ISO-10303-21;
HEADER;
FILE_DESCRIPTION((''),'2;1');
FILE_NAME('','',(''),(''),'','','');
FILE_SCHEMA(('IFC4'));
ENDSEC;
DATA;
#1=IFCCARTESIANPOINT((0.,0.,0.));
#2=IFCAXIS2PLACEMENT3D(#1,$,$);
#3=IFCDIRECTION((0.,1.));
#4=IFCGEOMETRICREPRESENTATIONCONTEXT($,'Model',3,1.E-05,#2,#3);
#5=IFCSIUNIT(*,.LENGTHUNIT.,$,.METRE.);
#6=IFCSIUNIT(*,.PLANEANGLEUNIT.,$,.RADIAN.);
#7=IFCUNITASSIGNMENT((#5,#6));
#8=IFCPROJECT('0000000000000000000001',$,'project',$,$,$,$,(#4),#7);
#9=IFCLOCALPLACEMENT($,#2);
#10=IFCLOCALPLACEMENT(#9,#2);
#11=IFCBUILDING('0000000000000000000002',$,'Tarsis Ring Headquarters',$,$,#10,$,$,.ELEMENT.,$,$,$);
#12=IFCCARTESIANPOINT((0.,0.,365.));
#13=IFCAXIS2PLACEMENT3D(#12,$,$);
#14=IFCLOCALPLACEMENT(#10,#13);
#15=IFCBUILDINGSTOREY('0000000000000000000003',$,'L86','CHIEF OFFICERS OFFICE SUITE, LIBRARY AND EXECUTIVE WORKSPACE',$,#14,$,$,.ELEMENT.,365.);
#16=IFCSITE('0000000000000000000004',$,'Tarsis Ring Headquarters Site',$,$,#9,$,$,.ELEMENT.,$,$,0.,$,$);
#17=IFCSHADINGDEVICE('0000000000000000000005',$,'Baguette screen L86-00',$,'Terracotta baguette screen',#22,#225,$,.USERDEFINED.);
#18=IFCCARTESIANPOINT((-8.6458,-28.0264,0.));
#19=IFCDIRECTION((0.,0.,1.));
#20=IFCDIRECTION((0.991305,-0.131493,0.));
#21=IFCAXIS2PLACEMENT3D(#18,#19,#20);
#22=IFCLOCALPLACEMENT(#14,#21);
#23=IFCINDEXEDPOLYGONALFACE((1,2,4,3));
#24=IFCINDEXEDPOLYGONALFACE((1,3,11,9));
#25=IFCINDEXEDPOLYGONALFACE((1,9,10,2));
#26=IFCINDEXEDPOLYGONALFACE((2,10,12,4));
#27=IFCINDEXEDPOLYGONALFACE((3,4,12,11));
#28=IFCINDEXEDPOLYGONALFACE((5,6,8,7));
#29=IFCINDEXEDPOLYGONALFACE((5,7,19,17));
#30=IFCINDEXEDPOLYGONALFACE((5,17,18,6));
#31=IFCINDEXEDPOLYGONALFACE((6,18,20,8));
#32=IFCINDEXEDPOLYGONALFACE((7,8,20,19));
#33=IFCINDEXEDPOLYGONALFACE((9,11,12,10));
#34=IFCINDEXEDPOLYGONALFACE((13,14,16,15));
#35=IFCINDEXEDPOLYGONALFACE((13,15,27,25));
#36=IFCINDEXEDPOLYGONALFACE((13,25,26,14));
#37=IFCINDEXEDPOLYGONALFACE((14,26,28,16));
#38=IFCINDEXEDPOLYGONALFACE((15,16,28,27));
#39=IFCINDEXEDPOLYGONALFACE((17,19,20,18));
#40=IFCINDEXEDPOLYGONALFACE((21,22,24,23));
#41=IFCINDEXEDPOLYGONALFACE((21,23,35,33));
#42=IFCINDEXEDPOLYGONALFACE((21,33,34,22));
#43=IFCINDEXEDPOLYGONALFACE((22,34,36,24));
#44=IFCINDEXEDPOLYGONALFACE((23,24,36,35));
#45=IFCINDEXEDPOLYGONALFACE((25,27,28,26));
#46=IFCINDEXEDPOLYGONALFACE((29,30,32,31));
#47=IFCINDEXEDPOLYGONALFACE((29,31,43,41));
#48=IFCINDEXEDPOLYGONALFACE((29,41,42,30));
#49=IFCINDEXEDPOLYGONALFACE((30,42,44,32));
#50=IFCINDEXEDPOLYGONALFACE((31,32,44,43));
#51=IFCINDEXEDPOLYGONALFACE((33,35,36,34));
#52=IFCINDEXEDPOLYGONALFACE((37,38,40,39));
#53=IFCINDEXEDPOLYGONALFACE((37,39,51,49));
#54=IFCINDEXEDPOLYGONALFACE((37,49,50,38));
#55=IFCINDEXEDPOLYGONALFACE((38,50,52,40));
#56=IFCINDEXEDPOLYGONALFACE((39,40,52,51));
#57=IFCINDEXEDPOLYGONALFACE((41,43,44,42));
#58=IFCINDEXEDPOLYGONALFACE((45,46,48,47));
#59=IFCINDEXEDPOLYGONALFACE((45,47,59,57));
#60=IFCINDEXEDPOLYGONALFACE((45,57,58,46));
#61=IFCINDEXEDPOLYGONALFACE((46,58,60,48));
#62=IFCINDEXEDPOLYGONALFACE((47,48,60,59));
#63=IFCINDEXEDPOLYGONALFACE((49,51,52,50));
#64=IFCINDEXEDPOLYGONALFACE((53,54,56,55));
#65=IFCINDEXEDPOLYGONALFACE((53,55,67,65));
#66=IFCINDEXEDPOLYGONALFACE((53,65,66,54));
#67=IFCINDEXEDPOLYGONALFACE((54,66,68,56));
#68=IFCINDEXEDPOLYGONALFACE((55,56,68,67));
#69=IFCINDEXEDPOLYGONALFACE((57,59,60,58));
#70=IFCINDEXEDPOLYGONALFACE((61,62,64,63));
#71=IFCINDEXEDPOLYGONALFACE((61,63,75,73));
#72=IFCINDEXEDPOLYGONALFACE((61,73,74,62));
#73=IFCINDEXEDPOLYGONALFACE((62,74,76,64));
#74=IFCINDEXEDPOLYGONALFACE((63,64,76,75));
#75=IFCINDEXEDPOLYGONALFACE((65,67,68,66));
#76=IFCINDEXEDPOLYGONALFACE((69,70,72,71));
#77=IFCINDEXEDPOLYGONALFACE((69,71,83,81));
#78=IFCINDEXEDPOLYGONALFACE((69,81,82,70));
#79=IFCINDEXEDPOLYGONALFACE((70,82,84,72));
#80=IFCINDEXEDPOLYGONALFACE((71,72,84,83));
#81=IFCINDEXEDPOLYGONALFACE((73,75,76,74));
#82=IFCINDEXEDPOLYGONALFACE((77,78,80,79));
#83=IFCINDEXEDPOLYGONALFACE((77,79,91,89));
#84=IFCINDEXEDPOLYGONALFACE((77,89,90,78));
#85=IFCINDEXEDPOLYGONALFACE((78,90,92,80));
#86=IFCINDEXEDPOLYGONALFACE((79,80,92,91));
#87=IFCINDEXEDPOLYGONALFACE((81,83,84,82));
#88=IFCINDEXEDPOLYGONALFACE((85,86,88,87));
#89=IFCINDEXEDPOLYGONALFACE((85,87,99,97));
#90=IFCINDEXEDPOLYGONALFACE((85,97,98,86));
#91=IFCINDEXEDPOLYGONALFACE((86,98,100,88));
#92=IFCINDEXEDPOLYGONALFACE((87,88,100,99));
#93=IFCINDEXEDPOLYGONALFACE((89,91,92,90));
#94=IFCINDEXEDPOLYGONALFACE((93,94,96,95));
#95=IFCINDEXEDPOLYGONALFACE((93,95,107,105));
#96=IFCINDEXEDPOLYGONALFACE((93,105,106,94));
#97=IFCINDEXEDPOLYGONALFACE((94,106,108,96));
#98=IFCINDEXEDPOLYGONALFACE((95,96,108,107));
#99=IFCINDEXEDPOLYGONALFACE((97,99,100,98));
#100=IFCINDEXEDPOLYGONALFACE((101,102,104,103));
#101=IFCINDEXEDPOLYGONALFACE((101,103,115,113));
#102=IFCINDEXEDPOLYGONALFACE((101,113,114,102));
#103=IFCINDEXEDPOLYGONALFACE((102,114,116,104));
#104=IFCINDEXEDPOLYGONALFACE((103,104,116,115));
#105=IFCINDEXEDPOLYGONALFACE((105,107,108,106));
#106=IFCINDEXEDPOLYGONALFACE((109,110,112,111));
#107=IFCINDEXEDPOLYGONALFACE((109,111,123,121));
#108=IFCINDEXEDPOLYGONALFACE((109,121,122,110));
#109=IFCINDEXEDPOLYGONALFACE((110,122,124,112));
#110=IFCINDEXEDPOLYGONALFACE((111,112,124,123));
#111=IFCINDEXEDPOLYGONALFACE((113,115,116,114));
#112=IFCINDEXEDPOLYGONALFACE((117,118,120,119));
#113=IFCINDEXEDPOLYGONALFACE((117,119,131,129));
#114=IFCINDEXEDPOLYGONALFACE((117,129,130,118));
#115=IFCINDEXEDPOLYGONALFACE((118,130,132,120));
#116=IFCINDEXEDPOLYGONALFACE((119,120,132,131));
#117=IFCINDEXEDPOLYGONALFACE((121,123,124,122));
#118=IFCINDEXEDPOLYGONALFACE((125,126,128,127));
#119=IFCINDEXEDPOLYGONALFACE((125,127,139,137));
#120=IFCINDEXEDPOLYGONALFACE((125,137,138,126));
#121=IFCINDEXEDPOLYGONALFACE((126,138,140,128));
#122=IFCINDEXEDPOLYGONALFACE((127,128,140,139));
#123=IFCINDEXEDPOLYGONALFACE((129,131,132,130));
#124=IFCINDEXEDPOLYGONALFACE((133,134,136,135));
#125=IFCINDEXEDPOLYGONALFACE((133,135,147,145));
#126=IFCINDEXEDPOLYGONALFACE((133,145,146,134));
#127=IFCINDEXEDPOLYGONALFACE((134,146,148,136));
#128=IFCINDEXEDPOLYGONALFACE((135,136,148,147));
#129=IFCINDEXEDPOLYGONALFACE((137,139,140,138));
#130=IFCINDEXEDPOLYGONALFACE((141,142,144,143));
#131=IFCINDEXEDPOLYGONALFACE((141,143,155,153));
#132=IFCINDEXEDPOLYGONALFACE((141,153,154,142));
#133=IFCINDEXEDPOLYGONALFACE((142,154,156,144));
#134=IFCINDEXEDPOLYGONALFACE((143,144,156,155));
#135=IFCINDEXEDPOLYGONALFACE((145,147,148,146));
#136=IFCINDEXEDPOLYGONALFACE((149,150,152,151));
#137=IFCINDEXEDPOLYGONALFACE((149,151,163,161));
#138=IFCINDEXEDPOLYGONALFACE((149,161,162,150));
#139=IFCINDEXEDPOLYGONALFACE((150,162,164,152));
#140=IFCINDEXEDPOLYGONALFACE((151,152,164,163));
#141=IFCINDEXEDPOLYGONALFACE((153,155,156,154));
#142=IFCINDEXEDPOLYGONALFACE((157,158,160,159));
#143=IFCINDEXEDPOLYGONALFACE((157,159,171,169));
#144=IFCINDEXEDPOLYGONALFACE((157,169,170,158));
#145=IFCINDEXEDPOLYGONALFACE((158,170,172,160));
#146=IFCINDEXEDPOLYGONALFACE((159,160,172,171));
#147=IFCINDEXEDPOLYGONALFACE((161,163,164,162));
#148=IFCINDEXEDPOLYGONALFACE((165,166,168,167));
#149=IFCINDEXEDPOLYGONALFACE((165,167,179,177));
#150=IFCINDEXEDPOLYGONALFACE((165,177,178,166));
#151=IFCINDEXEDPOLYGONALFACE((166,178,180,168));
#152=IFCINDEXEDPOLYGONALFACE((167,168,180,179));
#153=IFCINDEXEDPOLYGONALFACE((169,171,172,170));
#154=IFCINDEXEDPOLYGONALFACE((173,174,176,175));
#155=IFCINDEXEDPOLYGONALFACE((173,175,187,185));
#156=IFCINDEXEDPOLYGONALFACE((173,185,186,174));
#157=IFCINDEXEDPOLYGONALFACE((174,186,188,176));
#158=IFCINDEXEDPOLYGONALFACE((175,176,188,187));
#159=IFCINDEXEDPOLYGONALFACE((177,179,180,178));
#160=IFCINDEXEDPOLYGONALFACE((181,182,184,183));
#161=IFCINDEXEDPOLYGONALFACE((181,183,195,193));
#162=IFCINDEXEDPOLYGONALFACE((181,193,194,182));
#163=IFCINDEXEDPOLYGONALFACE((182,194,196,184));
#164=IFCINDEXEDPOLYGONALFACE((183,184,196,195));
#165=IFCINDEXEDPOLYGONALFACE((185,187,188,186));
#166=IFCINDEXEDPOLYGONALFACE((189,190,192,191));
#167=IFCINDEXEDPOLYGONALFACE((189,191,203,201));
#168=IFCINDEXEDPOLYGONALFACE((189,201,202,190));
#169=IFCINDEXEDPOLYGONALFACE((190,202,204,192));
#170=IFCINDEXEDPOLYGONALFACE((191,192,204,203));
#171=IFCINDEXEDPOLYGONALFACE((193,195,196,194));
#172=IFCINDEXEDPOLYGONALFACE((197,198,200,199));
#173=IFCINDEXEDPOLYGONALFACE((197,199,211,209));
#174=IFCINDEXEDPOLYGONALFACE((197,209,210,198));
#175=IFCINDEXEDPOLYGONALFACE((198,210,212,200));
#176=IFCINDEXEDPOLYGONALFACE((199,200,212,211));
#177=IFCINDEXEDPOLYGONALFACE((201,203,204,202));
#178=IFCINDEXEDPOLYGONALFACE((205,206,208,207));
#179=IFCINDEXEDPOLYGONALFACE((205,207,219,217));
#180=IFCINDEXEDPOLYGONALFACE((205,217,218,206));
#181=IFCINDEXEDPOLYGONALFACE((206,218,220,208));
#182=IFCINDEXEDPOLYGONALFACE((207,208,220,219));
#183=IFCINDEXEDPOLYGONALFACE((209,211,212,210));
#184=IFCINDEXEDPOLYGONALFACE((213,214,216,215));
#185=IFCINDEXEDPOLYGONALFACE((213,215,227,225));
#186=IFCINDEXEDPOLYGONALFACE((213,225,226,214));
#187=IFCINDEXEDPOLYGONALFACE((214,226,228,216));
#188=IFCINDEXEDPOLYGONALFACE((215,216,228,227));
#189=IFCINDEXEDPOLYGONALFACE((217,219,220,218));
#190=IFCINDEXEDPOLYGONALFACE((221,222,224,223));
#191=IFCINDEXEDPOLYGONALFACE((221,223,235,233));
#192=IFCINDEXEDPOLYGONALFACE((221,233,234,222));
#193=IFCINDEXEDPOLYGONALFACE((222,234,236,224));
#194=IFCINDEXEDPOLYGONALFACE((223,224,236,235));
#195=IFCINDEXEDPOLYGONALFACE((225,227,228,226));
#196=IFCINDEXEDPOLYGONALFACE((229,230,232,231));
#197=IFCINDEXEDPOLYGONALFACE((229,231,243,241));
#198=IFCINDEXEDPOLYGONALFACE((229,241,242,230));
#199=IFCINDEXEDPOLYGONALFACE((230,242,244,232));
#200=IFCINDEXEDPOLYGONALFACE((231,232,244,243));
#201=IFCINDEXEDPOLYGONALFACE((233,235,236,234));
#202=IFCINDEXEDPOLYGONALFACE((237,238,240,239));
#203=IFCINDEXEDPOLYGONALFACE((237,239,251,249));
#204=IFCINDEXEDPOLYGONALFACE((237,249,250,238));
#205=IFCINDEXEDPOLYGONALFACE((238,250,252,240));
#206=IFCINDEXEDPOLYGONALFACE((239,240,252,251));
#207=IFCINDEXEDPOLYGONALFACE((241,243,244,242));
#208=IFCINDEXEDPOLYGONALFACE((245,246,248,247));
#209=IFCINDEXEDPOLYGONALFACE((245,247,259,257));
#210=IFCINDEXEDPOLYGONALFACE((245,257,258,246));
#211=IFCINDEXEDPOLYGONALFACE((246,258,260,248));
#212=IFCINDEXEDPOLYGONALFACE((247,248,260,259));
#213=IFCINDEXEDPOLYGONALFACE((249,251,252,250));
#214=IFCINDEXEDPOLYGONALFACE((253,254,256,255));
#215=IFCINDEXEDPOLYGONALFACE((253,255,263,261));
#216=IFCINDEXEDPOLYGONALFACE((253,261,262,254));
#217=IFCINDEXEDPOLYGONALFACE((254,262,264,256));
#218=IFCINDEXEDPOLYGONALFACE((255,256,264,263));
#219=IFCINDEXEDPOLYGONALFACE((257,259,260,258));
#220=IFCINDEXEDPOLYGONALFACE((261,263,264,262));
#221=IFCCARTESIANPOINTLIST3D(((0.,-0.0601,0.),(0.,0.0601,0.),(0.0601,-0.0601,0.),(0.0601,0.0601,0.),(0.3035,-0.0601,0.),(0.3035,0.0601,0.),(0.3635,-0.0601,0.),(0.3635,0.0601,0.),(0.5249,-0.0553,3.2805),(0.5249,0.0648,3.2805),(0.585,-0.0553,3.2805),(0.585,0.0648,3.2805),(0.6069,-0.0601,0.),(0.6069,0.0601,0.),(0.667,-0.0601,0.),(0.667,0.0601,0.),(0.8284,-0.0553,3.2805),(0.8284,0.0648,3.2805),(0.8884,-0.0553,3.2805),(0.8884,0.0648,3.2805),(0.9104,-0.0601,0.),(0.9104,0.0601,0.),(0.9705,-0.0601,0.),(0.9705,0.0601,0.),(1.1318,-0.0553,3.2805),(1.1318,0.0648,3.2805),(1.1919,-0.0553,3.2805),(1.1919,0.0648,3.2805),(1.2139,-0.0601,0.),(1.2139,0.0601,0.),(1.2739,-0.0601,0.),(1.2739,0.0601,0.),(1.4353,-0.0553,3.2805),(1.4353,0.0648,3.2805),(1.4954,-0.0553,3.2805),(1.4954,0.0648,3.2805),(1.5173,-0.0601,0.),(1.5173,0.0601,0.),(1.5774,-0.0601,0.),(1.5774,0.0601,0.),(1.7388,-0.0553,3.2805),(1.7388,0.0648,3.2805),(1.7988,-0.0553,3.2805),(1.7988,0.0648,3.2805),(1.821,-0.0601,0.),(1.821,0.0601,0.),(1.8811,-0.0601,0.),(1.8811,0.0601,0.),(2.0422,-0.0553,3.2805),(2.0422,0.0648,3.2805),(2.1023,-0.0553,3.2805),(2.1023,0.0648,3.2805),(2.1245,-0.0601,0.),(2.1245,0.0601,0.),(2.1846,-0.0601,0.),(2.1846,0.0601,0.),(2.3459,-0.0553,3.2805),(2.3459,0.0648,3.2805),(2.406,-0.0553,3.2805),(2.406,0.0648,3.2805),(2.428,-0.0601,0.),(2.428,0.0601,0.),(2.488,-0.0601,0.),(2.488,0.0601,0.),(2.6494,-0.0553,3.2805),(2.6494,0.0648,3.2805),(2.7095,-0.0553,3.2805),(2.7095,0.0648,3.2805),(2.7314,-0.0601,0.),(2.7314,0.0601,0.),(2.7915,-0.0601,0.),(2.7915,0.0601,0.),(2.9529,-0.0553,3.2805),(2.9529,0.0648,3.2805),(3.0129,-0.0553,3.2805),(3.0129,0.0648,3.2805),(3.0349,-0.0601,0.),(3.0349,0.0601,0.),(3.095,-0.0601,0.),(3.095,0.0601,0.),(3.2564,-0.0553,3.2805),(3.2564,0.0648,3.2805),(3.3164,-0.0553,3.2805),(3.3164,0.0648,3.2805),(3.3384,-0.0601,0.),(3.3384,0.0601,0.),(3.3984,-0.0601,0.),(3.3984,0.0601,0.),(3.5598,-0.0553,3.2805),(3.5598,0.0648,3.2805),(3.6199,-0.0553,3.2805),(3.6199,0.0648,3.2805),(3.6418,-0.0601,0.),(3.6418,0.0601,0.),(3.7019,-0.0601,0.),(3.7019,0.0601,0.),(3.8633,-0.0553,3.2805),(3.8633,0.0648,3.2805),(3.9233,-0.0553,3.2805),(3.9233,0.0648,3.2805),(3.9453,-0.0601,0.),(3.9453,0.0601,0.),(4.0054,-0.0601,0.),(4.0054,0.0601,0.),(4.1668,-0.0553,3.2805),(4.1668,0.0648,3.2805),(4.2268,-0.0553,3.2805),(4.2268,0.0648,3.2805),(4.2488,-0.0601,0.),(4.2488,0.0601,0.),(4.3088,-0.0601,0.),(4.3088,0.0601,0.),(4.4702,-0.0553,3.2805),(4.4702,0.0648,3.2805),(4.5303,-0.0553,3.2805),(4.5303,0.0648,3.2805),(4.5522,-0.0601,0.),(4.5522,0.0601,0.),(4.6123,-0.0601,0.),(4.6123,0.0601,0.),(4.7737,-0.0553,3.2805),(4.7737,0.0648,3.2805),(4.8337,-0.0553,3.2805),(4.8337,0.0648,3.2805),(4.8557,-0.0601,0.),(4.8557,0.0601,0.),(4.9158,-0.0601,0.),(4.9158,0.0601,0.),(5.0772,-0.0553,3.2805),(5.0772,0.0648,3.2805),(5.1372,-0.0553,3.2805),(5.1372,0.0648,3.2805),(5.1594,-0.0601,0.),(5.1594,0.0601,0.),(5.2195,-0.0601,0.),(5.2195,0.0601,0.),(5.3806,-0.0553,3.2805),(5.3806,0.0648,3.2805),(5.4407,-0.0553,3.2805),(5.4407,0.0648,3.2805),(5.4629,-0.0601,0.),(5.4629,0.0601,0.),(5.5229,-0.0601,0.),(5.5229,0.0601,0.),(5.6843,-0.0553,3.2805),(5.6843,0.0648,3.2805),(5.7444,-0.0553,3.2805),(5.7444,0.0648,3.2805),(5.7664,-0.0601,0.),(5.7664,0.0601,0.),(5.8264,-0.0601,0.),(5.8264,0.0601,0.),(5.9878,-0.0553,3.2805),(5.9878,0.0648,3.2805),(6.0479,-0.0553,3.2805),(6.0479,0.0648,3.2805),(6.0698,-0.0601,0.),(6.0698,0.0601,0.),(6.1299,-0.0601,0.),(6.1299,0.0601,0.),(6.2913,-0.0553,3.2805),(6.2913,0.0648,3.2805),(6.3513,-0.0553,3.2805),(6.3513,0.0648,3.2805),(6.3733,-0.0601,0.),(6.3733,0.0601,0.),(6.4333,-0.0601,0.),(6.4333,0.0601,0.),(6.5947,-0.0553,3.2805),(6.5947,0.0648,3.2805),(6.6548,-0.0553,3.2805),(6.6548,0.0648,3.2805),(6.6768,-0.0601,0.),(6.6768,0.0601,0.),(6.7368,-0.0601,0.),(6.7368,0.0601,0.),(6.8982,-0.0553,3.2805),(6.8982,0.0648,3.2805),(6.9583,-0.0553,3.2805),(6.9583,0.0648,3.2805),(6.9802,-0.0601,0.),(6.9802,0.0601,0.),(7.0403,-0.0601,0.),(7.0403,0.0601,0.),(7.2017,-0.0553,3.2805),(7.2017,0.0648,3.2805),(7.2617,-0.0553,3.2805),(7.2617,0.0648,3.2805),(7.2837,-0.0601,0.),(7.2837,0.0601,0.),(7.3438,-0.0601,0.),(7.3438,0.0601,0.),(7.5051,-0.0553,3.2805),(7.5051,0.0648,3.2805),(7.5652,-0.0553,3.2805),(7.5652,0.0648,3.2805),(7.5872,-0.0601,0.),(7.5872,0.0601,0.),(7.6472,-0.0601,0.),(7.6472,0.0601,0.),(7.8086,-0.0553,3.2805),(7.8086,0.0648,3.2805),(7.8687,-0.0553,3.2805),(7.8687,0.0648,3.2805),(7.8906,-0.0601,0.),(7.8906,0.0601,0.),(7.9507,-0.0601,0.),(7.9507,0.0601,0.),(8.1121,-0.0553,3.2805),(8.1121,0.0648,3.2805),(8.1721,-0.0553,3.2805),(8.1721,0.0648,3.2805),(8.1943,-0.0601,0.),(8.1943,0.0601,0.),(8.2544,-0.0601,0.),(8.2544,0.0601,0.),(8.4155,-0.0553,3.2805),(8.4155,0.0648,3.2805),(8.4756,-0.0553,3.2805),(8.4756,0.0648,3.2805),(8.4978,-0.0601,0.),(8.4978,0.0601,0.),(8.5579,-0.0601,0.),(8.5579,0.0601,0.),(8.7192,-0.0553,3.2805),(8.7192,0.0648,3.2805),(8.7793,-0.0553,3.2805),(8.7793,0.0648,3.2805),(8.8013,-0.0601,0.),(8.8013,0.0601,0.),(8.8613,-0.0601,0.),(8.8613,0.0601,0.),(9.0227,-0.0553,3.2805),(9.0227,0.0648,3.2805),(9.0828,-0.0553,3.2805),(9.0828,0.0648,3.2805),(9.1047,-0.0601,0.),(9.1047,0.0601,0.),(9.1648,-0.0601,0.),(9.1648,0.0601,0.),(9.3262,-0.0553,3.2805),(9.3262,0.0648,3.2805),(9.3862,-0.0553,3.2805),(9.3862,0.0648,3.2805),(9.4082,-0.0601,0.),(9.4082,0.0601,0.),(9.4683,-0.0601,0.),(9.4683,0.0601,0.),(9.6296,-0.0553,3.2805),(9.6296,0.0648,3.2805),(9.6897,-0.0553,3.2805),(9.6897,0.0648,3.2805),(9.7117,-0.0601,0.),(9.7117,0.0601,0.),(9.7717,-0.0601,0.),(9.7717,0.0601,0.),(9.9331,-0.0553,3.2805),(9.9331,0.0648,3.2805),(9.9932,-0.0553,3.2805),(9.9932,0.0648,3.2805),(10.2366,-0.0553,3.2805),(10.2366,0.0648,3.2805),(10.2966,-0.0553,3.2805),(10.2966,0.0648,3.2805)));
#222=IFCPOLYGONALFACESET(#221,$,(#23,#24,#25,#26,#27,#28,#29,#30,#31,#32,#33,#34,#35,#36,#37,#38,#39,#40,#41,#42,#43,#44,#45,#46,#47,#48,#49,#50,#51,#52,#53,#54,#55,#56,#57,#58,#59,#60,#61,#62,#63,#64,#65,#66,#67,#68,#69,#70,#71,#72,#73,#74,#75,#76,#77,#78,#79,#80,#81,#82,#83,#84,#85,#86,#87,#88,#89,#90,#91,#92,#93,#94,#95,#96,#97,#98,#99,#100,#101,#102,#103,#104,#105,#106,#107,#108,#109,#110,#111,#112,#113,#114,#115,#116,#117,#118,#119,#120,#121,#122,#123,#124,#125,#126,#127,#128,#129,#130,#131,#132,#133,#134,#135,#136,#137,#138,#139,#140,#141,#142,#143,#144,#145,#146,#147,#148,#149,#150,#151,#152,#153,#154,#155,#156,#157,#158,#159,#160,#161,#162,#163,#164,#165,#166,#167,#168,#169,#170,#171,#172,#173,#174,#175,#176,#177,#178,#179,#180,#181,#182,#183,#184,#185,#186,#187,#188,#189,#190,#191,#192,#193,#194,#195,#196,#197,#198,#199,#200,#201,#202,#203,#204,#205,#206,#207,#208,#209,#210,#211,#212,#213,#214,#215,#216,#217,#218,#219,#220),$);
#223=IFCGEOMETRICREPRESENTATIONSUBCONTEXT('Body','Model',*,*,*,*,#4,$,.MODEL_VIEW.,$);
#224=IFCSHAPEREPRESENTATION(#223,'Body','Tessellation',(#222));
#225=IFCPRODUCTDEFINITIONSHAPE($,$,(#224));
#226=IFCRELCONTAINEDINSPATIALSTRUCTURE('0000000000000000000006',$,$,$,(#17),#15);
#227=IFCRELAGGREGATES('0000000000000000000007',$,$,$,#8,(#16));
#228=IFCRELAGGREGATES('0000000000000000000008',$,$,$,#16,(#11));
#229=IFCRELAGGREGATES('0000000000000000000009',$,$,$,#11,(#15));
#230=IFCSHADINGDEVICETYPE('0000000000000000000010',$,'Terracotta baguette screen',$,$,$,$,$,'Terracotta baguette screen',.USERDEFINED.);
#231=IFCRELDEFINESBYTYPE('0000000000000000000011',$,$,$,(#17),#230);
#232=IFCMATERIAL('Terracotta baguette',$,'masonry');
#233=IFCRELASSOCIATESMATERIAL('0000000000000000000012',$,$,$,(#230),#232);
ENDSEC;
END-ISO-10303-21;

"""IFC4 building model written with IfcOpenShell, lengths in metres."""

from ifc_helpers import new_model, si_unit, direction, frame, frame_2d, origin, place, context, subcontext, project, spatial, rectangle, composite_profile, extrude, material, type_object, element, save


model = new_model("IFC4")

# Units and contexts
model_context = context("Model", 3, precision=1e-05, world=origin(), true_north=direction((0.0, 1.0)))
body_context = subcontext(model_context, "Body", "Model", "MODEL_VIEW")
ifc_project = project(units=[si_unit("LENGTHUNIT", "METRE"), si_unit("PLANEANGLEUNIT", "RADIAN")], contexts=[model_context])

# Site, building, storey
site_placement = place(None, origin())
site = spatial("IfcSite", under=ifc_project, at=site_placement, Name="Tarsis Ring Headquarters Site", CompositionType="ELEMENT", RefElevation=0.0)
building_placement = place(site_placement, origin())
building = spatial("IfcBuilding", under=site, at=building_placement, Name="Tarsis Ring Headquarters", CompositionType="ELEMENT")
storey_placement = place(building_placement, frame((0.0, 0.0, 365.0)))
storey = spatial("IfcBuildingStorey", under=building, at=storey_placement, Name="L86", Description="CHIEF OFFICERS OFFICE SUITE, LIBRARY AND EXECUTIVE WORKSPACE", CompositionType="ELEMENT", Elevation=365.0)

# Shading device
ifc_material_1 = material(Name="Terracotta baguette", Category="masonry")
shading_device_type = type_object("IfcShadingDeviceType", Name="Terracotta baguette screen", ElementType="Terracotta baguette screen", PredefinedType="USERDEFINED", material=ifc_material_1)
shading_device_placement = place(storey_placement, frame((-8.6458, -28.0264, 0.0), z_axis=(0.0, 0.0, 1.0), x_axis=(0.991305, -0.131493, 0.0)))
element("IfcShadingDevice", 1, at=shading_device_placement, inside=storey, type_object=shading_device_type, Name="Baguette screen L86-00", ObjectType="Terracotta baguette screen", PredefinedType="USERDEFINED", context=body_context, shape_type="SweptSolid", body=[
    extrude(composite_profile([rectangle(XDim=0.0601, YDim=0.1201, at=frame_2d((0.03, 0.0))), rectangle(XDim=0.0601, YDim=0.1201, at=frame_2d((0.3335, 0.0))), rectangle(XDim=0.0601, YDim=0.1201, at=frame_2d((0.637, 0.0))), rectangle(XDim=0.0601, YDim=0.1201, at=frame_2d((0.9404, 0.0))), rectangle(XDim=0.0601, YDim=0.1201, at=frame_2d((1.2439, 0.0))), rectangle(XDim=0.0601, YDim=0.1201, at=frame_2d((1.5474, 0.0))), rectangle(XDim=0.0601, YDim=0.1201, at=frame_2d((1.8511, 0.0))), rectangle(XDim=0.0601, YDim=0.1201, at=frame_2d((2.1545, 0.0))), rectangle(XDim=0.0601, YDim=0.1201, at=frame_2d((2.458, 0.0))), rectangle(XDim=0.0601, YDim=0.1201, at=frame_2d((2.7615, 0.0))), rectangle(XDim=0.0601, YDim=0.1201, at=frame_2d((3.0649, 0.0))), rectangle(XDim=0.0601, YDim=0.1201, at=frame_2d((3.3684, 0.0))), rectangle(XDim=0.0601, YDim=0.1201, at=frame_2d((3.6719, 0.0))), rectangle(XDim=0.0601, YDim=0.1201, at=frame_2d((3.9753, 0.0))), rectangle(XDim=0.0601, YDim=0.1201, at=frame_2d((4.2788, 0.0))), rectangle(XDim=0.0601, YDim=0.1201, at=frame_2d((4.5823, 0.0))), rectangle(XDim=0.0601, YDim=0.1201, at=frame_2d((4.8857, 0.0))), rectangle(XDim=0.0601, YDim=0.1201, at=frame_2d((5.1895, 0.0))), rectangle(XDim=0.0601, YDim=0.1201, at=frame_2d((5.4929, 0.0))), rectangle(XDim=0.0601, YDim=0.1201, at=frame_2d((5.7964, 0.0))), rectangle(XDim=0.0601, YDim=0.1201, at=frame_2d((6.0999, 0.0))), rectangle(XDim=0.0601, YDim=0.1201, at=frame_2d((6.4033, 0.0))), rectangle(XDim=0.0601, YDim=0.1201, at=frame_2d((6.7068, 0.0))), rectangle(XDim=0.0601, YDim=0.1201, at=frame_2d((7.0103, 0.0))), rectangle(XDim=0.0601, YDim=0.1201, at=frame_2d((7.3137, 0.0))), rectangle(XDim=0.0601, YDim=0.1201, at=frame_2d((7.6172, 0.0))), rectangle(XDim=0.0601, YDim=0.1201, at=frame_2d((7.9207, 0.0))), rectangle(XDim=0.0601, YDim=0.1201, at=frame_2d((8.2244, 0.0))), rectangle(XDim=0.0601, YDim=0.1201, at=frame_2d((8.5278, 0.0))), rectangle(XDim=0.0601, YDim=0.1201, at=frame_2d((8.8313, 0.0))), rectangle(XDim=0.0601, YDim=0.1201, at=frame_2d((9.1348, 0.0))), rectangle(XDim=0.0601, YDim=0.1201, at=frame_2d((9.4382, 0.0))), rectangle(XDim=0.0601, YDim=0.1201, at=frame_2d((9.7417, 0.0)))]), origin(), (0.157996, 0.001437, 0.987439), 3.3223),
])

save(model, "model.ifc")
